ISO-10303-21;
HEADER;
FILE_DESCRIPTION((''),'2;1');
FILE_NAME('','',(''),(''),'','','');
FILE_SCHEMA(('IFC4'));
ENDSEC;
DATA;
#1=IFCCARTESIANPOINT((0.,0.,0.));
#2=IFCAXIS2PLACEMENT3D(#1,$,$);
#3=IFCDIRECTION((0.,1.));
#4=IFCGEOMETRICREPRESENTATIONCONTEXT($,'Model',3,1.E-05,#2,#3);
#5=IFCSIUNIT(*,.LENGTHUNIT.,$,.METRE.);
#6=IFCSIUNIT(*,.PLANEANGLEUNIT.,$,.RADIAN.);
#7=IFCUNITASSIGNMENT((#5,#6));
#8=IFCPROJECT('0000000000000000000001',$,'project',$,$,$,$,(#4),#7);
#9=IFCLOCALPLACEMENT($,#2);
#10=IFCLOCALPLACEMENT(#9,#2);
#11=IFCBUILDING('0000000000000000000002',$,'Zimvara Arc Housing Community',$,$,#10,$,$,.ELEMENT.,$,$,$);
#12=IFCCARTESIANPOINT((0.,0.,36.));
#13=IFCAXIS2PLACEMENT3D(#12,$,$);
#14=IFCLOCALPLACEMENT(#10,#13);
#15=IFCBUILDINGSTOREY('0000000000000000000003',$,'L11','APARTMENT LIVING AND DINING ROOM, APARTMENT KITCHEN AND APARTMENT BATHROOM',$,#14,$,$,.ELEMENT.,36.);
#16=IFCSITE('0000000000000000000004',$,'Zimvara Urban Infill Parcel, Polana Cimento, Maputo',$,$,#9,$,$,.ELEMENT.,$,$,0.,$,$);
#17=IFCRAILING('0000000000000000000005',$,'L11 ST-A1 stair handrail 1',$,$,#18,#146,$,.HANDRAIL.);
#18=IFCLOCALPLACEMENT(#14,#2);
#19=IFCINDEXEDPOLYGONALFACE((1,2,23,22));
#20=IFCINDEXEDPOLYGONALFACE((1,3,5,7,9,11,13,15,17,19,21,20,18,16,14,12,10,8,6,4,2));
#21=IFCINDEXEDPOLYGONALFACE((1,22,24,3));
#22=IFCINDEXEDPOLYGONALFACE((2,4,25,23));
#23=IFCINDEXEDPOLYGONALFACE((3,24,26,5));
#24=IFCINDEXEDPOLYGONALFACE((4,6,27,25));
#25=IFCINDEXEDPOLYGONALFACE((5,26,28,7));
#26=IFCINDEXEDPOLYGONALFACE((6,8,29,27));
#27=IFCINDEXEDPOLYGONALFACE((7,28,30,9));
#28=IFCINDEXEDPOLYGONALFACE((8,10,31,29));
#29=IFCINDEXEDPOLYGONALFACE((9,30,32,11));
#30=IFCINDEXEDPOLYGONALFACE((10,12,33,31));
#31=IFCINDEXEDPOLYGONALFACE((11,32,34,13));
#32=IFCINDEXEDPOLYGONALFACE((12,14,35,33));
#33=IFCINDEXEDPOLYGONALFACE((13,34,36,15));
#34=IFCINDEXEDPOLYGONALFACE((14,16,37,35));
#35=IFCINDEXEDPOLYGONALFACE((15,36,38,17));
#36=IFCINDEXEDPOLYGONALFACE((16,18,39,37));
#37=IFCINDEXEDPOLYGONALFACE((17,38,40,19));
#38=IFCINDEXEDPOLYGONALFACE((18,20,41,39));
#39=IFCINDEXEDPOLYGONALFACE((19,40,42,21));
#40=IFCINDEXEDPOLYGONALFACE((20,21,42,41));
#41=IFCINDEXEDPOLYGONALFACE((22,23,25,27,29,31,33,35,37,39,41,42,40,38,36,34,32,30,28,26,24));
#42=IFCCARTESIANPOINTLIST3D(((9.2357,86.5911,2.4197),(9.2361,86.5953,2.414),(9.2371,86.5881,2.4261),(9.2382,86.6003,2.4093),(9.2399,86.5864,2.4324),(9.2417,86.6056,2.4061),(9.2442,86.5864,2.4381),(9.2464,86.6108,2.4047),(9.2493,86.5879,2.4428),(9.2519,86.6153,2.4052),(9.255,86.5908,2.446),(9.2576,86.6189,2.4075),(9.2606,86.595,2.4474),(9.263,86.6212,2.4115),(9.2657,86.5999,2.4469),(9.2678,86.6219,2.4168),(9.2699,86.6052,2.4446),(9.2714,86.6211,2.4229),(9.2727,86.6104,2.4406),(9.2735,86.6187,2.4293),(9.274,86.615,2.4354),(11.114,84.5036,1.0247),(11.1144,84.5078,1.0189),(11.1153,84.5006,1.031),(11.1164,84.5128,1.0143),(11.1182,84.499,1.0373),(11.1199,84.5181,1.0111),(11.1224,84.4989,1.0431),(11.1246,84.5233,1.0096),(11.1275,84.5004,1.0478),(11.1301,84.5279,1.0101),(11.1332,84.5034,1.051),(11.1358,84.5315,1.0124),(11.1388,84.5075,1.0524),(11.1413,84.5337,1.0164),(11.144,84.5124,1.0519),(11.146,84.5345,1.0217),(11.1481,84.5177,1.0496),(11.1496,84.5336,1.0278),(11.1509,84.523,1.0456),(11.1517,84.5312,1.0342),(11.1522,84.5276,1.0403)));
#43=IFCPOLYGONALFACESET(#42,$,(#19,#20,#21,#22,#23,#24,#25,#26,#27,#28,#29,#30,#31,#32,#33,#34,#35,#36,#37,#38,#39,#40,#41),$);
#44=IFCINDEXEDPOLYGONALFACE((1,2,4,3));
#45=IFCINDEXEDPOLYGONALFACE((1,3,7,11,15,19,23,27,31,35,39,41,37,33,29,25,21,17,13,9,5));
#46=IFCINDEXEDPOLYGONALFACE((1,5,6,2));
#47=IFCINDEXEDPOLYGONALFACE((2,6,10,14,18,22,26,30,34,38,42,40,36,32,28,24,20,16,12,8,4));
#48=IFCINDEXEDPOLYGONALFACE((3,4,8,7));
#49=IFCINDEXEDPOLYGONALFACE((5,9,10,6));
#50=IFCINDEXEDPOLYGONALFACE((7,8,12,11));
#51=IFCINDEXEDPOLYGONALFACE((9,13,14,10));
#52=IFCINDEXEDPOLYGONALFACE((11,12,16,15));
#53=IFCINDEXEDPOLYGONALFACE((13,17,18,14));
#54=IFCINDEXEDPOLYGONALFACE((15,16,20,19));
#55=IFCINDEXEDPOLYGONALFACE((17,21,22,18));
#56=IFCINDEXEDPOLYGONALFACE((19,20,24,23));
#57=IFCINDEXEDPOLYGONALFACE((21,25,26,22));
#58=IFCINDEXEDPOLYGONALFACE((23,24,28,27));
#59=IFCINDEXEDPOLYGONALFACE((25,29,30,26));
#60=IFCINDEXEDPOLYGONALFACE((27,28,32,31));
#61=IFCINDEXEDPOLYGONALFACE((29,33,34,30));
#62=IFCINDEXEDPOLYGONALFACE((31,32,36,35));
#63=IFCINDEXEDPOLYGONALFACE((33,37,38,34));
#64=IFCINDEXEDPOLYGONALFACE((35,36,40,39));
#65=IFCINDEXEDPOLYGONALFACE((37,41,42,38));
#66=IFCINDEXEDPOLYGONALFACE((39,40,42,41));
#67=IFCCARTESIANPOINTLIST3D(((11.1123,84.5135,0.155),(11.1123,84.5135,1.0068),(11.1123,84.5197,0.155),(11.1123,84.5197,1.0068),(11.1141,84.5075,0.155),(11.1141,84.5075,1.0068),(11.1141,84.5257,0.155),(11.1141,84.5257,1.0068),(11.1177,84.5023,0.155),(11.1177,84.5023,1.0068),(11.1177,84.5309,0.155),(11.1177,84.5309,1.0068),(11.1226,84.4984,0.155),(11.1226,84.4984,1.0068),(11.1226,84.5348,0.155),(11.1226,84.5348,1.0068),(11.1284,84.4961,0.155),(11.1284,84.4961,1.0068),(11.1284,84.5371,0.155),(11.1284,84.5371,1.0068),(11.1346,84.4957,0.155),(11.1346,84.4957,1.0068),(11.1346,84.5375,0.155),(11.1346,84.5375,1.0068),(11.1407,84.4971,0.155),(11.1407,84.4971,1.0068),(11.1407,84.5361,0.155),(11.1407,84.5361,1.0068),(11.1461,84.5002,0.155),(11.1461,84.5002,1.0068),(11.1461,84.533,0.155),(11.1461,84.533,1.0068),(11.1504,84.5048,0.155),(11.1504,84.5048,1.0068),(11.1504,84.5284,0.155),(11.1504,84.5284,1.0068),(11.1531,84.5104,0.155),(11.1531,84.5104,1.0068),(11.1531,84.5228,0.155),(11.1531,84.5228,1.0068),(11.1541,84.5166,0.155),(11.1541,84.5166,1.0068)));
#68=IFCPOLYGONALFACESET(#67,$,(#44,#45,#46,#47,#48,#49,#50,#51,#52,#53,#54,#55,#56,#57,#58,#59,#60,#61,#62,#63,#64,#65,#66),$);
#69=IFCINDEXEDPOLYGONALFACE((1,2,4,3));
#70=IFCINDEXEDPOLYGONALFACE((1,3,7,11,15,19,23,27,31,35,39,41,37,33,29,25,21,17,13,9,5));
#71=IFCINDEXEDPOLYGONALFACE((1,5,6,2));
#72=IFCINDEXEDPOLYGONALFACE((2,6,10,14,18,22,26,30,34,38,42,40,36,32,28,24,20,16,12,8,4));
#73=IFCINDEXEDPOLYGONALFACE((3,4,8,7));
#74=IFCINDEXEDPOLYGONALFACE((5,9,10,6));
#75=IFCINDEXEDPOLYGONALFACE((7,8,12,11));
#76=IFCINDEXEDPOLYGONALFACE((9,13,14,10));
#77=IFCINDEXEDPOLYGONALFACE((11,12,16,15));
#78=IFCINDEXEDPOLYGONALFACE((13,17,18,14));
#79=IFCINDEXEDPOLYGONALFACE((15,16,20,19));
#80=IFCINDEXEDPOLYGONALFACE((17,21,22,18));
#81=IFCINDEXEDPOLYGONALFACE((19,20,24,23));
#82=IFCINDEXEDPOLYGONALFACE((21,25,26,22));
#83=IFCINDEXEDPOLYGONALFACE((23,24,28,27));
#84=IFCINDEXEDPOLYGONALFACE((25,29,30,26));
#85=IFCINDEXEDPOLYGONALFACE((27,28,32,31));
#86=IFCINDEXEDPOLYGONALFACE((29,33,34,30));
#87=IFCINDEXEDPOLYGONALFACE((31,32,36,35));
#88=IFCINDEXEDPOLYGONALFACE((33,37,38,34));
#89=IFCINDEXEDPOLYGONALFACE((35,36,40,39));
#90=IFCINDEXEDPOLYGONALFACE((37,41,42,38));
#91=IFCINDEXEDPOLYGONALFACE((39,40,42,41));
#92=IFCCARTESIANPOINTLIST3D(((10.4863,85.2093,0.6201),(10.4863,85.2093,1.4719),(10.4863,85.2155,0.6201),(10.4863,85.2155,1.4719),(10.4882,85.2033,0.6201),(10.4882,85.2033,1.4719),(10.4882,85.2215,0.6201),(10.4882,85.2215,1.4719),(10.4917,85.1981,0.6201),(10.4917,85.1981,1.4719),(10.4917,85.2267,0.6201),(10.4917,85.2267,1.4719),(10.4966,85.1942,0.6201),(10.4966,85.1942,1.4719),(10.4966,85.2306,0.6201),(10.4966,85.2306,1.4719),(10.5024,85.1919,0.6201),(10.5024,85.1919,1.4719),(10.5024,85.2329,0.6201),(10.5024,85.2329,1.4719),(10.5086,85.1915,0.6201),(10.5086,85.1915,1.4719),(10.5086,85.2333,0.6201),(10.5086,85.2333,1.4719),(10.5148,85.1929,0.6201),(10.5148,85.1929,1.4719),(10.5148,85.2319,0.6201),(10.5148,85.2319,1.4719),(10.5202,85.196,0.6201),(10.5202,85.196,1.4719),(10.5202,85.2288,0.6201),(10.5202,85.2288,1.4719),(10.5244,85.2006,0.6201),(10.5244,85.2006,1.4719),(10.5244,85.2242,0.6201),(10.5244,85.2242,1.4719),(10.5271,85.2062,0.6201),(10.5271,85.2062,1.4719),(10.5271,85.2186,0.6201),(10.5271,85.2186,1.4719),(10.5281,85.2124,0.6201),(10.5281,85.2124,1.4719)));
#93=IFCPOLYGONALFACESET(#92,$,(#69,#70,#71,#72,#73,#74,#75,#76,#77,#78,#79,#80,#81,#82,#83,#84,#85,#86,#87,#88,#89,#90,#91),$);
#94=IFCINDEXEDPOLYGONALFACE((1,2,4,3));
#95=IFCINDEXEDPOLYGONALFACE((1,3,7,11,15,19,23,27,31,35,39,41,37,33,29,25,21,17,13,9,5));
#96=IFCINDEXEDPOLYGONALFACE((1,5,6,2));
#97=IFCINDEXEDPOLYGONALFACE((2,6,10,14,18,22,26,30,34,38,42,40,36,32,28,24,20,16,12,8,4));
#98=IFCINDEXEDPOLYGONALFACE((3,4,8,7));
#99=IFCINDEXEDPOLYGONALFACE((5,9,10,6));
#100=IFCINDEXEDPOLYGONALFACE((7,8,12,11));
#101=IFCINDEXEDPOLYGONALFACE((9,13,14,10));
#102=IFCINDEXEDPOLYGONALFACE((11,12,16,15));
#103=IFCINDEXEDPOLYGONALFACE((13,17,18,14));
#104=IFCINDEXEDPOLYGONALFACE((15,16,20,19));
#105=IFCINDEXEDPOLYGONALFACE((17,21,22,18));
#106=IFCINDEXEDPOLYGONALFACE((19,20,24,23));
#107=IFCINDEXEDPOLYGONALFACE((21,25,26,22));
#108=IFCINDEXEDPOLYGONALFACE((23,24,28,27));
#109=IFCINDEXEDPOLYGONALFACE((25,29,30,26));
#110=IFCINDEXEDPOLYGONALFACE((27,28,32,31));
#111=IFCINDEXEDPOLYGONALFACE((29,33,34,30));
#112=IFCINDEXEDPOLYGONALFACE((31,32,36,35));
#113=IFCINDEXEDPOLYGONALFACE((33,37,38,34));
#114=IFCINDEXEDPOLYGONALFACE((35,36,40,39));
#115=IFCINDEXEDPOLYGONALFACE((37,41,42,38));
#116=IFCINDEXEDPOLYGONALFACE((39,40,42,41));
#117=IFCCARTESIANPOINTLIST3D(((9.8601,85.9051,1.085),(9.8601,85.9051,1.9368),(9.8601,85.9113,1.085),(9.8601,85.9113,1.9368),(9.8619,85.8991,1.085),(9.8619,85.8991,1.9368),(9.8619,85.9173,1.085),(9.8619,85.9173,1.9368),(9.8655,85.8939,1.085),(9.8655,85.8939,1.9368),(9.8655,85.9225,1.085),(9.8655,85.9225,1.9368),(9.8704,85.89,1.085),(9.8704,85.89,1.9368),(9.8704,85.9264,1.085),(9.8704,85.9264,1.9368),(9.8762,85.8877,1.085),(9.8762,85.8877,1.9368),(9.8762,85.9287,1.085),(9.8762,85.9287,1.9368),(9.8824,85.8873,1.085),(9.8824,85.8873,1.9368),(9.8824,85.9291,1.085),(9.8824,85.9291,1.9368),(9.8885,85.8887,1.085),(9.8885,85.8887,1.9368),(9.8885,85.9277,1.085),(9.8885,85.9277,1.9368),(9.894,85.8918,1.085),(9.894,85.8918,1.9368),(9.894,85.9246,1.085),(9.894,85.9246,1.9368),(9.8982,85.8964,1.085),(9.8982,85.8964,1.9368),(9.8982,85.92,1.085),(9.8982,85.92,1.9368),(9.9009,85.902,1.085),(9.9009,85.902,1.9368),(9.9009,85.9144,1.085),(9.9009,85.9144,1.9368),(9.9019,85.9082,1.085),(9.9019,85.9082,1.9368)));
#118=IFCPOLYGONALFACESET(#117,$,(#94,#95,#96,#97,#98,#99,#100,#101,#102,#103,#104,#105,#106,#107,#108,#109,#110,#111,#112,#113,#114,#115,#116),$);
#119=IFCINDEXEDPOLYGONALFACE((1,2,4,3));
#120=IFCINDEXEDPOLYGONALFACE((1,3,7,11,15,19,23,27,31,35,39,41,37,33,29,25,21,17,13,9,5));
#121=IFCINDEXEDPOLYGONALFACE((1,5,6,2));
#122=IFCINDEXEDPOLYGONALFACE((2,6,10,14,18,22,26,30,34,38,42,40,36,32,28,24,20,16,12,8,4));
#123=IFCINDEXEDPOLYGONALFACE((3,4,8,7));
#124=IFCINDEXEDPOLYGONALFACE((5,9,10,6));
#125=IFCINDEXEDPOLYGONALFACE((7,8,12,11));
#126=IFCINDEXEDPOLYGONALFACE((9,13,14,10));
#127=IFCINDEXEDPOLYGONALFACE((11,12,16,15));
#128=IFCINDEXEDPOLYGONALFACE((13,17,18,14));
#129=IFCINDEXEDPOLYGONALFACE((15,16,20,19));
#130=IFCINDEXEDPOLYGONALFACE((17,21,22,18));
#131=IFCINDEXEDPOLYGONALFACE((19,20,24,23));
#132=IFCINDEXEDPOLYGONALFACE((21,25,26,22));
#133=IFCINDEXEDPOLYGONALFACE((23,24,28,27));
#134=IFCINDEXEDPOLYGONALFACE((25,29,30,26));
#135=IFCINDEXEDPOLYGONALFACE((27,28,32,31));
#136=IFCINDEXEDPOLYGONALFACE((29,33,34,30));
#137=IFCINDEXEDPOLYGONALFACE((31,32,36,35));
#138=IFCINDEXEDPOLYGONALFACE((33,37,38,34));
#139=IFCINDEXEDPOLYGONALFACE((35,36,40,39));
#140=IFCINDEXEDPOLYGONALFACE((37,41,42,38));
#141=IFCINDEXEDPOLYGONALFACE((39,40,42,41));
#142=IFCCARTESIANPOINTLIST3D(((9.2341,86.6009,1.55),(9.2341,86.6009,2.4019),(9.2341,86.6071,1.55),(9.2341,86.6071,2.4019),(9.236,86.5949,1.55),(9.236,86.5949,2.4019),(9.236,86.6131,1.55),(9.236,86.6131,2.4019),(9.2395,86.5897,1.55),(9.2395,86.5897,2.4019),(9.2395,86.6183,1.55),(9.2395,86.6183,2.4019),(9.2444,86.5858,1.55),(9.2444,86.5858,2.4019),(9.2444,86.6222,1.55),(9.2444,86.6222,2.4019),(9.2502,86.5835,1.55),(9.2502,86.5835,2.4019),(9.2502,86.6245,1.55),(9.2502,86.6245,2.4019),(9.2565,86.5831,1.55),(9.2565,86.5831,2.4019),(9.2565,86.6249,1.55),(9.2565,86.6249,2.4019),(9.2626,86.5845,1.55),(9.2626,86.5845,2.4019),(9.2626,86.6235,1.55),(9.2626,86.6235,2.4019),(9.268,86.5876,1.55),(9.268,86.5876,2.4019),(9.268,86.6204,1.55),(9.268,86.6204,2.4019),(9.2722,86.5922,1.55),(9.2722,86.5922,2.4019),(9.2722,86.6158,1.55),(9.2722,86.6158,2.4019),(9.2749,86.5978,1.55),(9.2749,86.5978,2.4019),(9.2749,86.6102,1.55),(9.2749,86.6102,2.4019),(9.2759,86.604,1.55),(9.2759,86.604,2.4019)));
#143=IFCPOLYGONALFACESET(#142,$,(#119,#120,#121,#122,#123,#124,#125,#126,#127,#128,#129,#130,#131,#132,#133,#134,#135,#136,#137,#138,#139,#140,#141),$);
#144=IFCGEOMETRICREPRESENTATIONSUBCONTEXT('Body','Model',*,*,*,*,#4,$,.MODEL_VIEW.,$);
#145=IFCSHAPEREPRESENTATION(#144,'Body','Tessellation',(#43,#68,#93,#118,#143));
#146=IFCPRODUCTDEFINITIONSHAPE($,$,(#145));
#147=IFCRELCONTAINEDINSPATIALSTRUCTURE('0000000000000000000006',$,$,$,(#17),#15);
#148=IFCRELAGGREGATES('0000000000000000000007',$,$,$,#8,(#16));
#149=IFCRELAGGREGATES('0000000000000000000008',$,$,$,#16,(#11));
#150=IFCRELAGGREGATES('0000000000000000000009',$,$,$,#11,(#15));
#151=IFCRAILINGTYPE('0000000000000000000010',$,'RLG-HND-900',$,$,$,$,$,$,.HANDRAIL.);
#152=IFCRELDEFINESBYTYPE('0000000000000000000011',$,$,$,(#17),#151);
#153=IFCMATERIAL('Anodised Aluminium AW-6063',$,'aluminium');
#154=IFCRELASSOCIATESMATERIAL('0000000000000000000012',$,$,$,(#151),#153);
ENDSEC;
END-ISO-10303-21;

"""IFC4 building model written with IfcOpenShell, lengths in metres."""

from ifc_helpers import new_model, si_unit, direction, frame, origin, origin_2d, place, context, subcontext, project, spatial, circle, extrude, material, type_object, element, save


model = new_model("IFC4")

# Units and contexts
model_context = context("Model", 3, precision=1e-05, world=origin(), true_north=direction((0.0, 1.0)))
body_context = subcontext(model_context, "Body", "Model", "MODEL_VIEW")
ifc_project = project(units=[si_unit("LENGTHUNIT", "METRE"), si_unit("PLANEANGLEUNIT", "RADIAN")], contexts=[model_context])

# Site, building, storey
site_placement = place(None, origin())
site = spatial("IfcSite", under=ifc_project, at=site_placement, Name="Zimvara Urban Infill Parcel, Polana Cimento, Maputo", CompositionType="ELEMENT", RefElevation=0.0)
building_placement = place(site_placement, origin())
building = spatial("IfcBuilding", under=site, at=building_placement, Name="Zimvara Arc Housing Community", CompositionType="ELEMENT")
storey_placement = place(building_placement, frame((0.0, 0.0, 36.0)))
storey = spatial("IfcBuildingStorey", under=building, at=storey_placement, Name="L11", Description="APARTMENT LIVING AND DINING ROOM, APARTMENT KITCHEN AND APARTMENT BATHROOM", CompositionType="ELEMENT", Elevation=36.0)

# Railing
ifc_material_1 = material(Name="Anodised Aluminium AW-6063", Category="aluminium")
railing_type = type_object("IfcRailingType", Name="RLG-HND-900", PredefinedType="HANDRAIL", material=ifc_material_1)
railing_placement = place(storey_placement, frame((11.1331, 84.5166, 0.155)))
element("IfcRailing", 1, at=railing_placement, inside=storey, type_object=railing_type, Name="L11 ST-A1 stair handrail 1", PredefinedType="HANDRAIL", context=body_context, shape_type="SweptSolid", body=[
    extrude(circle(Radius=0.0239, at=origin_2d()), frame((0.0, 0.0, 0.876), z_axis=(-0.599018, 0.665749, 0.444923), x_axis=(-0.743381, -0.668869, 0.0)), (0.0, 0.0, 1.0), 3.1355),
    extrude(circle(Radius=0.021, at=origin_2d()), origin(), (0.0, 0.0, 1.0), 0.8518),
    extrude(circle(Radius=0.021, at=origin_2d()), frame((-0.626, 0.6958, 0.4651)), (0.0, 0.0, 1.0), 0.8518),
    extrude(circle(Radius=0.021, at=origin_2d()), frame((-1.2522, 1.3916, 0.9299)), (0.0, 0.0, 1.0), 0.8518),
    extrude(circle(Radius=0.021, at=origin_2d()), frame((-1.8782, 2.0874, 1.395)), (0.0, 0.0, 1.0), 0.8518),
])

save(model, "model.ifc")
